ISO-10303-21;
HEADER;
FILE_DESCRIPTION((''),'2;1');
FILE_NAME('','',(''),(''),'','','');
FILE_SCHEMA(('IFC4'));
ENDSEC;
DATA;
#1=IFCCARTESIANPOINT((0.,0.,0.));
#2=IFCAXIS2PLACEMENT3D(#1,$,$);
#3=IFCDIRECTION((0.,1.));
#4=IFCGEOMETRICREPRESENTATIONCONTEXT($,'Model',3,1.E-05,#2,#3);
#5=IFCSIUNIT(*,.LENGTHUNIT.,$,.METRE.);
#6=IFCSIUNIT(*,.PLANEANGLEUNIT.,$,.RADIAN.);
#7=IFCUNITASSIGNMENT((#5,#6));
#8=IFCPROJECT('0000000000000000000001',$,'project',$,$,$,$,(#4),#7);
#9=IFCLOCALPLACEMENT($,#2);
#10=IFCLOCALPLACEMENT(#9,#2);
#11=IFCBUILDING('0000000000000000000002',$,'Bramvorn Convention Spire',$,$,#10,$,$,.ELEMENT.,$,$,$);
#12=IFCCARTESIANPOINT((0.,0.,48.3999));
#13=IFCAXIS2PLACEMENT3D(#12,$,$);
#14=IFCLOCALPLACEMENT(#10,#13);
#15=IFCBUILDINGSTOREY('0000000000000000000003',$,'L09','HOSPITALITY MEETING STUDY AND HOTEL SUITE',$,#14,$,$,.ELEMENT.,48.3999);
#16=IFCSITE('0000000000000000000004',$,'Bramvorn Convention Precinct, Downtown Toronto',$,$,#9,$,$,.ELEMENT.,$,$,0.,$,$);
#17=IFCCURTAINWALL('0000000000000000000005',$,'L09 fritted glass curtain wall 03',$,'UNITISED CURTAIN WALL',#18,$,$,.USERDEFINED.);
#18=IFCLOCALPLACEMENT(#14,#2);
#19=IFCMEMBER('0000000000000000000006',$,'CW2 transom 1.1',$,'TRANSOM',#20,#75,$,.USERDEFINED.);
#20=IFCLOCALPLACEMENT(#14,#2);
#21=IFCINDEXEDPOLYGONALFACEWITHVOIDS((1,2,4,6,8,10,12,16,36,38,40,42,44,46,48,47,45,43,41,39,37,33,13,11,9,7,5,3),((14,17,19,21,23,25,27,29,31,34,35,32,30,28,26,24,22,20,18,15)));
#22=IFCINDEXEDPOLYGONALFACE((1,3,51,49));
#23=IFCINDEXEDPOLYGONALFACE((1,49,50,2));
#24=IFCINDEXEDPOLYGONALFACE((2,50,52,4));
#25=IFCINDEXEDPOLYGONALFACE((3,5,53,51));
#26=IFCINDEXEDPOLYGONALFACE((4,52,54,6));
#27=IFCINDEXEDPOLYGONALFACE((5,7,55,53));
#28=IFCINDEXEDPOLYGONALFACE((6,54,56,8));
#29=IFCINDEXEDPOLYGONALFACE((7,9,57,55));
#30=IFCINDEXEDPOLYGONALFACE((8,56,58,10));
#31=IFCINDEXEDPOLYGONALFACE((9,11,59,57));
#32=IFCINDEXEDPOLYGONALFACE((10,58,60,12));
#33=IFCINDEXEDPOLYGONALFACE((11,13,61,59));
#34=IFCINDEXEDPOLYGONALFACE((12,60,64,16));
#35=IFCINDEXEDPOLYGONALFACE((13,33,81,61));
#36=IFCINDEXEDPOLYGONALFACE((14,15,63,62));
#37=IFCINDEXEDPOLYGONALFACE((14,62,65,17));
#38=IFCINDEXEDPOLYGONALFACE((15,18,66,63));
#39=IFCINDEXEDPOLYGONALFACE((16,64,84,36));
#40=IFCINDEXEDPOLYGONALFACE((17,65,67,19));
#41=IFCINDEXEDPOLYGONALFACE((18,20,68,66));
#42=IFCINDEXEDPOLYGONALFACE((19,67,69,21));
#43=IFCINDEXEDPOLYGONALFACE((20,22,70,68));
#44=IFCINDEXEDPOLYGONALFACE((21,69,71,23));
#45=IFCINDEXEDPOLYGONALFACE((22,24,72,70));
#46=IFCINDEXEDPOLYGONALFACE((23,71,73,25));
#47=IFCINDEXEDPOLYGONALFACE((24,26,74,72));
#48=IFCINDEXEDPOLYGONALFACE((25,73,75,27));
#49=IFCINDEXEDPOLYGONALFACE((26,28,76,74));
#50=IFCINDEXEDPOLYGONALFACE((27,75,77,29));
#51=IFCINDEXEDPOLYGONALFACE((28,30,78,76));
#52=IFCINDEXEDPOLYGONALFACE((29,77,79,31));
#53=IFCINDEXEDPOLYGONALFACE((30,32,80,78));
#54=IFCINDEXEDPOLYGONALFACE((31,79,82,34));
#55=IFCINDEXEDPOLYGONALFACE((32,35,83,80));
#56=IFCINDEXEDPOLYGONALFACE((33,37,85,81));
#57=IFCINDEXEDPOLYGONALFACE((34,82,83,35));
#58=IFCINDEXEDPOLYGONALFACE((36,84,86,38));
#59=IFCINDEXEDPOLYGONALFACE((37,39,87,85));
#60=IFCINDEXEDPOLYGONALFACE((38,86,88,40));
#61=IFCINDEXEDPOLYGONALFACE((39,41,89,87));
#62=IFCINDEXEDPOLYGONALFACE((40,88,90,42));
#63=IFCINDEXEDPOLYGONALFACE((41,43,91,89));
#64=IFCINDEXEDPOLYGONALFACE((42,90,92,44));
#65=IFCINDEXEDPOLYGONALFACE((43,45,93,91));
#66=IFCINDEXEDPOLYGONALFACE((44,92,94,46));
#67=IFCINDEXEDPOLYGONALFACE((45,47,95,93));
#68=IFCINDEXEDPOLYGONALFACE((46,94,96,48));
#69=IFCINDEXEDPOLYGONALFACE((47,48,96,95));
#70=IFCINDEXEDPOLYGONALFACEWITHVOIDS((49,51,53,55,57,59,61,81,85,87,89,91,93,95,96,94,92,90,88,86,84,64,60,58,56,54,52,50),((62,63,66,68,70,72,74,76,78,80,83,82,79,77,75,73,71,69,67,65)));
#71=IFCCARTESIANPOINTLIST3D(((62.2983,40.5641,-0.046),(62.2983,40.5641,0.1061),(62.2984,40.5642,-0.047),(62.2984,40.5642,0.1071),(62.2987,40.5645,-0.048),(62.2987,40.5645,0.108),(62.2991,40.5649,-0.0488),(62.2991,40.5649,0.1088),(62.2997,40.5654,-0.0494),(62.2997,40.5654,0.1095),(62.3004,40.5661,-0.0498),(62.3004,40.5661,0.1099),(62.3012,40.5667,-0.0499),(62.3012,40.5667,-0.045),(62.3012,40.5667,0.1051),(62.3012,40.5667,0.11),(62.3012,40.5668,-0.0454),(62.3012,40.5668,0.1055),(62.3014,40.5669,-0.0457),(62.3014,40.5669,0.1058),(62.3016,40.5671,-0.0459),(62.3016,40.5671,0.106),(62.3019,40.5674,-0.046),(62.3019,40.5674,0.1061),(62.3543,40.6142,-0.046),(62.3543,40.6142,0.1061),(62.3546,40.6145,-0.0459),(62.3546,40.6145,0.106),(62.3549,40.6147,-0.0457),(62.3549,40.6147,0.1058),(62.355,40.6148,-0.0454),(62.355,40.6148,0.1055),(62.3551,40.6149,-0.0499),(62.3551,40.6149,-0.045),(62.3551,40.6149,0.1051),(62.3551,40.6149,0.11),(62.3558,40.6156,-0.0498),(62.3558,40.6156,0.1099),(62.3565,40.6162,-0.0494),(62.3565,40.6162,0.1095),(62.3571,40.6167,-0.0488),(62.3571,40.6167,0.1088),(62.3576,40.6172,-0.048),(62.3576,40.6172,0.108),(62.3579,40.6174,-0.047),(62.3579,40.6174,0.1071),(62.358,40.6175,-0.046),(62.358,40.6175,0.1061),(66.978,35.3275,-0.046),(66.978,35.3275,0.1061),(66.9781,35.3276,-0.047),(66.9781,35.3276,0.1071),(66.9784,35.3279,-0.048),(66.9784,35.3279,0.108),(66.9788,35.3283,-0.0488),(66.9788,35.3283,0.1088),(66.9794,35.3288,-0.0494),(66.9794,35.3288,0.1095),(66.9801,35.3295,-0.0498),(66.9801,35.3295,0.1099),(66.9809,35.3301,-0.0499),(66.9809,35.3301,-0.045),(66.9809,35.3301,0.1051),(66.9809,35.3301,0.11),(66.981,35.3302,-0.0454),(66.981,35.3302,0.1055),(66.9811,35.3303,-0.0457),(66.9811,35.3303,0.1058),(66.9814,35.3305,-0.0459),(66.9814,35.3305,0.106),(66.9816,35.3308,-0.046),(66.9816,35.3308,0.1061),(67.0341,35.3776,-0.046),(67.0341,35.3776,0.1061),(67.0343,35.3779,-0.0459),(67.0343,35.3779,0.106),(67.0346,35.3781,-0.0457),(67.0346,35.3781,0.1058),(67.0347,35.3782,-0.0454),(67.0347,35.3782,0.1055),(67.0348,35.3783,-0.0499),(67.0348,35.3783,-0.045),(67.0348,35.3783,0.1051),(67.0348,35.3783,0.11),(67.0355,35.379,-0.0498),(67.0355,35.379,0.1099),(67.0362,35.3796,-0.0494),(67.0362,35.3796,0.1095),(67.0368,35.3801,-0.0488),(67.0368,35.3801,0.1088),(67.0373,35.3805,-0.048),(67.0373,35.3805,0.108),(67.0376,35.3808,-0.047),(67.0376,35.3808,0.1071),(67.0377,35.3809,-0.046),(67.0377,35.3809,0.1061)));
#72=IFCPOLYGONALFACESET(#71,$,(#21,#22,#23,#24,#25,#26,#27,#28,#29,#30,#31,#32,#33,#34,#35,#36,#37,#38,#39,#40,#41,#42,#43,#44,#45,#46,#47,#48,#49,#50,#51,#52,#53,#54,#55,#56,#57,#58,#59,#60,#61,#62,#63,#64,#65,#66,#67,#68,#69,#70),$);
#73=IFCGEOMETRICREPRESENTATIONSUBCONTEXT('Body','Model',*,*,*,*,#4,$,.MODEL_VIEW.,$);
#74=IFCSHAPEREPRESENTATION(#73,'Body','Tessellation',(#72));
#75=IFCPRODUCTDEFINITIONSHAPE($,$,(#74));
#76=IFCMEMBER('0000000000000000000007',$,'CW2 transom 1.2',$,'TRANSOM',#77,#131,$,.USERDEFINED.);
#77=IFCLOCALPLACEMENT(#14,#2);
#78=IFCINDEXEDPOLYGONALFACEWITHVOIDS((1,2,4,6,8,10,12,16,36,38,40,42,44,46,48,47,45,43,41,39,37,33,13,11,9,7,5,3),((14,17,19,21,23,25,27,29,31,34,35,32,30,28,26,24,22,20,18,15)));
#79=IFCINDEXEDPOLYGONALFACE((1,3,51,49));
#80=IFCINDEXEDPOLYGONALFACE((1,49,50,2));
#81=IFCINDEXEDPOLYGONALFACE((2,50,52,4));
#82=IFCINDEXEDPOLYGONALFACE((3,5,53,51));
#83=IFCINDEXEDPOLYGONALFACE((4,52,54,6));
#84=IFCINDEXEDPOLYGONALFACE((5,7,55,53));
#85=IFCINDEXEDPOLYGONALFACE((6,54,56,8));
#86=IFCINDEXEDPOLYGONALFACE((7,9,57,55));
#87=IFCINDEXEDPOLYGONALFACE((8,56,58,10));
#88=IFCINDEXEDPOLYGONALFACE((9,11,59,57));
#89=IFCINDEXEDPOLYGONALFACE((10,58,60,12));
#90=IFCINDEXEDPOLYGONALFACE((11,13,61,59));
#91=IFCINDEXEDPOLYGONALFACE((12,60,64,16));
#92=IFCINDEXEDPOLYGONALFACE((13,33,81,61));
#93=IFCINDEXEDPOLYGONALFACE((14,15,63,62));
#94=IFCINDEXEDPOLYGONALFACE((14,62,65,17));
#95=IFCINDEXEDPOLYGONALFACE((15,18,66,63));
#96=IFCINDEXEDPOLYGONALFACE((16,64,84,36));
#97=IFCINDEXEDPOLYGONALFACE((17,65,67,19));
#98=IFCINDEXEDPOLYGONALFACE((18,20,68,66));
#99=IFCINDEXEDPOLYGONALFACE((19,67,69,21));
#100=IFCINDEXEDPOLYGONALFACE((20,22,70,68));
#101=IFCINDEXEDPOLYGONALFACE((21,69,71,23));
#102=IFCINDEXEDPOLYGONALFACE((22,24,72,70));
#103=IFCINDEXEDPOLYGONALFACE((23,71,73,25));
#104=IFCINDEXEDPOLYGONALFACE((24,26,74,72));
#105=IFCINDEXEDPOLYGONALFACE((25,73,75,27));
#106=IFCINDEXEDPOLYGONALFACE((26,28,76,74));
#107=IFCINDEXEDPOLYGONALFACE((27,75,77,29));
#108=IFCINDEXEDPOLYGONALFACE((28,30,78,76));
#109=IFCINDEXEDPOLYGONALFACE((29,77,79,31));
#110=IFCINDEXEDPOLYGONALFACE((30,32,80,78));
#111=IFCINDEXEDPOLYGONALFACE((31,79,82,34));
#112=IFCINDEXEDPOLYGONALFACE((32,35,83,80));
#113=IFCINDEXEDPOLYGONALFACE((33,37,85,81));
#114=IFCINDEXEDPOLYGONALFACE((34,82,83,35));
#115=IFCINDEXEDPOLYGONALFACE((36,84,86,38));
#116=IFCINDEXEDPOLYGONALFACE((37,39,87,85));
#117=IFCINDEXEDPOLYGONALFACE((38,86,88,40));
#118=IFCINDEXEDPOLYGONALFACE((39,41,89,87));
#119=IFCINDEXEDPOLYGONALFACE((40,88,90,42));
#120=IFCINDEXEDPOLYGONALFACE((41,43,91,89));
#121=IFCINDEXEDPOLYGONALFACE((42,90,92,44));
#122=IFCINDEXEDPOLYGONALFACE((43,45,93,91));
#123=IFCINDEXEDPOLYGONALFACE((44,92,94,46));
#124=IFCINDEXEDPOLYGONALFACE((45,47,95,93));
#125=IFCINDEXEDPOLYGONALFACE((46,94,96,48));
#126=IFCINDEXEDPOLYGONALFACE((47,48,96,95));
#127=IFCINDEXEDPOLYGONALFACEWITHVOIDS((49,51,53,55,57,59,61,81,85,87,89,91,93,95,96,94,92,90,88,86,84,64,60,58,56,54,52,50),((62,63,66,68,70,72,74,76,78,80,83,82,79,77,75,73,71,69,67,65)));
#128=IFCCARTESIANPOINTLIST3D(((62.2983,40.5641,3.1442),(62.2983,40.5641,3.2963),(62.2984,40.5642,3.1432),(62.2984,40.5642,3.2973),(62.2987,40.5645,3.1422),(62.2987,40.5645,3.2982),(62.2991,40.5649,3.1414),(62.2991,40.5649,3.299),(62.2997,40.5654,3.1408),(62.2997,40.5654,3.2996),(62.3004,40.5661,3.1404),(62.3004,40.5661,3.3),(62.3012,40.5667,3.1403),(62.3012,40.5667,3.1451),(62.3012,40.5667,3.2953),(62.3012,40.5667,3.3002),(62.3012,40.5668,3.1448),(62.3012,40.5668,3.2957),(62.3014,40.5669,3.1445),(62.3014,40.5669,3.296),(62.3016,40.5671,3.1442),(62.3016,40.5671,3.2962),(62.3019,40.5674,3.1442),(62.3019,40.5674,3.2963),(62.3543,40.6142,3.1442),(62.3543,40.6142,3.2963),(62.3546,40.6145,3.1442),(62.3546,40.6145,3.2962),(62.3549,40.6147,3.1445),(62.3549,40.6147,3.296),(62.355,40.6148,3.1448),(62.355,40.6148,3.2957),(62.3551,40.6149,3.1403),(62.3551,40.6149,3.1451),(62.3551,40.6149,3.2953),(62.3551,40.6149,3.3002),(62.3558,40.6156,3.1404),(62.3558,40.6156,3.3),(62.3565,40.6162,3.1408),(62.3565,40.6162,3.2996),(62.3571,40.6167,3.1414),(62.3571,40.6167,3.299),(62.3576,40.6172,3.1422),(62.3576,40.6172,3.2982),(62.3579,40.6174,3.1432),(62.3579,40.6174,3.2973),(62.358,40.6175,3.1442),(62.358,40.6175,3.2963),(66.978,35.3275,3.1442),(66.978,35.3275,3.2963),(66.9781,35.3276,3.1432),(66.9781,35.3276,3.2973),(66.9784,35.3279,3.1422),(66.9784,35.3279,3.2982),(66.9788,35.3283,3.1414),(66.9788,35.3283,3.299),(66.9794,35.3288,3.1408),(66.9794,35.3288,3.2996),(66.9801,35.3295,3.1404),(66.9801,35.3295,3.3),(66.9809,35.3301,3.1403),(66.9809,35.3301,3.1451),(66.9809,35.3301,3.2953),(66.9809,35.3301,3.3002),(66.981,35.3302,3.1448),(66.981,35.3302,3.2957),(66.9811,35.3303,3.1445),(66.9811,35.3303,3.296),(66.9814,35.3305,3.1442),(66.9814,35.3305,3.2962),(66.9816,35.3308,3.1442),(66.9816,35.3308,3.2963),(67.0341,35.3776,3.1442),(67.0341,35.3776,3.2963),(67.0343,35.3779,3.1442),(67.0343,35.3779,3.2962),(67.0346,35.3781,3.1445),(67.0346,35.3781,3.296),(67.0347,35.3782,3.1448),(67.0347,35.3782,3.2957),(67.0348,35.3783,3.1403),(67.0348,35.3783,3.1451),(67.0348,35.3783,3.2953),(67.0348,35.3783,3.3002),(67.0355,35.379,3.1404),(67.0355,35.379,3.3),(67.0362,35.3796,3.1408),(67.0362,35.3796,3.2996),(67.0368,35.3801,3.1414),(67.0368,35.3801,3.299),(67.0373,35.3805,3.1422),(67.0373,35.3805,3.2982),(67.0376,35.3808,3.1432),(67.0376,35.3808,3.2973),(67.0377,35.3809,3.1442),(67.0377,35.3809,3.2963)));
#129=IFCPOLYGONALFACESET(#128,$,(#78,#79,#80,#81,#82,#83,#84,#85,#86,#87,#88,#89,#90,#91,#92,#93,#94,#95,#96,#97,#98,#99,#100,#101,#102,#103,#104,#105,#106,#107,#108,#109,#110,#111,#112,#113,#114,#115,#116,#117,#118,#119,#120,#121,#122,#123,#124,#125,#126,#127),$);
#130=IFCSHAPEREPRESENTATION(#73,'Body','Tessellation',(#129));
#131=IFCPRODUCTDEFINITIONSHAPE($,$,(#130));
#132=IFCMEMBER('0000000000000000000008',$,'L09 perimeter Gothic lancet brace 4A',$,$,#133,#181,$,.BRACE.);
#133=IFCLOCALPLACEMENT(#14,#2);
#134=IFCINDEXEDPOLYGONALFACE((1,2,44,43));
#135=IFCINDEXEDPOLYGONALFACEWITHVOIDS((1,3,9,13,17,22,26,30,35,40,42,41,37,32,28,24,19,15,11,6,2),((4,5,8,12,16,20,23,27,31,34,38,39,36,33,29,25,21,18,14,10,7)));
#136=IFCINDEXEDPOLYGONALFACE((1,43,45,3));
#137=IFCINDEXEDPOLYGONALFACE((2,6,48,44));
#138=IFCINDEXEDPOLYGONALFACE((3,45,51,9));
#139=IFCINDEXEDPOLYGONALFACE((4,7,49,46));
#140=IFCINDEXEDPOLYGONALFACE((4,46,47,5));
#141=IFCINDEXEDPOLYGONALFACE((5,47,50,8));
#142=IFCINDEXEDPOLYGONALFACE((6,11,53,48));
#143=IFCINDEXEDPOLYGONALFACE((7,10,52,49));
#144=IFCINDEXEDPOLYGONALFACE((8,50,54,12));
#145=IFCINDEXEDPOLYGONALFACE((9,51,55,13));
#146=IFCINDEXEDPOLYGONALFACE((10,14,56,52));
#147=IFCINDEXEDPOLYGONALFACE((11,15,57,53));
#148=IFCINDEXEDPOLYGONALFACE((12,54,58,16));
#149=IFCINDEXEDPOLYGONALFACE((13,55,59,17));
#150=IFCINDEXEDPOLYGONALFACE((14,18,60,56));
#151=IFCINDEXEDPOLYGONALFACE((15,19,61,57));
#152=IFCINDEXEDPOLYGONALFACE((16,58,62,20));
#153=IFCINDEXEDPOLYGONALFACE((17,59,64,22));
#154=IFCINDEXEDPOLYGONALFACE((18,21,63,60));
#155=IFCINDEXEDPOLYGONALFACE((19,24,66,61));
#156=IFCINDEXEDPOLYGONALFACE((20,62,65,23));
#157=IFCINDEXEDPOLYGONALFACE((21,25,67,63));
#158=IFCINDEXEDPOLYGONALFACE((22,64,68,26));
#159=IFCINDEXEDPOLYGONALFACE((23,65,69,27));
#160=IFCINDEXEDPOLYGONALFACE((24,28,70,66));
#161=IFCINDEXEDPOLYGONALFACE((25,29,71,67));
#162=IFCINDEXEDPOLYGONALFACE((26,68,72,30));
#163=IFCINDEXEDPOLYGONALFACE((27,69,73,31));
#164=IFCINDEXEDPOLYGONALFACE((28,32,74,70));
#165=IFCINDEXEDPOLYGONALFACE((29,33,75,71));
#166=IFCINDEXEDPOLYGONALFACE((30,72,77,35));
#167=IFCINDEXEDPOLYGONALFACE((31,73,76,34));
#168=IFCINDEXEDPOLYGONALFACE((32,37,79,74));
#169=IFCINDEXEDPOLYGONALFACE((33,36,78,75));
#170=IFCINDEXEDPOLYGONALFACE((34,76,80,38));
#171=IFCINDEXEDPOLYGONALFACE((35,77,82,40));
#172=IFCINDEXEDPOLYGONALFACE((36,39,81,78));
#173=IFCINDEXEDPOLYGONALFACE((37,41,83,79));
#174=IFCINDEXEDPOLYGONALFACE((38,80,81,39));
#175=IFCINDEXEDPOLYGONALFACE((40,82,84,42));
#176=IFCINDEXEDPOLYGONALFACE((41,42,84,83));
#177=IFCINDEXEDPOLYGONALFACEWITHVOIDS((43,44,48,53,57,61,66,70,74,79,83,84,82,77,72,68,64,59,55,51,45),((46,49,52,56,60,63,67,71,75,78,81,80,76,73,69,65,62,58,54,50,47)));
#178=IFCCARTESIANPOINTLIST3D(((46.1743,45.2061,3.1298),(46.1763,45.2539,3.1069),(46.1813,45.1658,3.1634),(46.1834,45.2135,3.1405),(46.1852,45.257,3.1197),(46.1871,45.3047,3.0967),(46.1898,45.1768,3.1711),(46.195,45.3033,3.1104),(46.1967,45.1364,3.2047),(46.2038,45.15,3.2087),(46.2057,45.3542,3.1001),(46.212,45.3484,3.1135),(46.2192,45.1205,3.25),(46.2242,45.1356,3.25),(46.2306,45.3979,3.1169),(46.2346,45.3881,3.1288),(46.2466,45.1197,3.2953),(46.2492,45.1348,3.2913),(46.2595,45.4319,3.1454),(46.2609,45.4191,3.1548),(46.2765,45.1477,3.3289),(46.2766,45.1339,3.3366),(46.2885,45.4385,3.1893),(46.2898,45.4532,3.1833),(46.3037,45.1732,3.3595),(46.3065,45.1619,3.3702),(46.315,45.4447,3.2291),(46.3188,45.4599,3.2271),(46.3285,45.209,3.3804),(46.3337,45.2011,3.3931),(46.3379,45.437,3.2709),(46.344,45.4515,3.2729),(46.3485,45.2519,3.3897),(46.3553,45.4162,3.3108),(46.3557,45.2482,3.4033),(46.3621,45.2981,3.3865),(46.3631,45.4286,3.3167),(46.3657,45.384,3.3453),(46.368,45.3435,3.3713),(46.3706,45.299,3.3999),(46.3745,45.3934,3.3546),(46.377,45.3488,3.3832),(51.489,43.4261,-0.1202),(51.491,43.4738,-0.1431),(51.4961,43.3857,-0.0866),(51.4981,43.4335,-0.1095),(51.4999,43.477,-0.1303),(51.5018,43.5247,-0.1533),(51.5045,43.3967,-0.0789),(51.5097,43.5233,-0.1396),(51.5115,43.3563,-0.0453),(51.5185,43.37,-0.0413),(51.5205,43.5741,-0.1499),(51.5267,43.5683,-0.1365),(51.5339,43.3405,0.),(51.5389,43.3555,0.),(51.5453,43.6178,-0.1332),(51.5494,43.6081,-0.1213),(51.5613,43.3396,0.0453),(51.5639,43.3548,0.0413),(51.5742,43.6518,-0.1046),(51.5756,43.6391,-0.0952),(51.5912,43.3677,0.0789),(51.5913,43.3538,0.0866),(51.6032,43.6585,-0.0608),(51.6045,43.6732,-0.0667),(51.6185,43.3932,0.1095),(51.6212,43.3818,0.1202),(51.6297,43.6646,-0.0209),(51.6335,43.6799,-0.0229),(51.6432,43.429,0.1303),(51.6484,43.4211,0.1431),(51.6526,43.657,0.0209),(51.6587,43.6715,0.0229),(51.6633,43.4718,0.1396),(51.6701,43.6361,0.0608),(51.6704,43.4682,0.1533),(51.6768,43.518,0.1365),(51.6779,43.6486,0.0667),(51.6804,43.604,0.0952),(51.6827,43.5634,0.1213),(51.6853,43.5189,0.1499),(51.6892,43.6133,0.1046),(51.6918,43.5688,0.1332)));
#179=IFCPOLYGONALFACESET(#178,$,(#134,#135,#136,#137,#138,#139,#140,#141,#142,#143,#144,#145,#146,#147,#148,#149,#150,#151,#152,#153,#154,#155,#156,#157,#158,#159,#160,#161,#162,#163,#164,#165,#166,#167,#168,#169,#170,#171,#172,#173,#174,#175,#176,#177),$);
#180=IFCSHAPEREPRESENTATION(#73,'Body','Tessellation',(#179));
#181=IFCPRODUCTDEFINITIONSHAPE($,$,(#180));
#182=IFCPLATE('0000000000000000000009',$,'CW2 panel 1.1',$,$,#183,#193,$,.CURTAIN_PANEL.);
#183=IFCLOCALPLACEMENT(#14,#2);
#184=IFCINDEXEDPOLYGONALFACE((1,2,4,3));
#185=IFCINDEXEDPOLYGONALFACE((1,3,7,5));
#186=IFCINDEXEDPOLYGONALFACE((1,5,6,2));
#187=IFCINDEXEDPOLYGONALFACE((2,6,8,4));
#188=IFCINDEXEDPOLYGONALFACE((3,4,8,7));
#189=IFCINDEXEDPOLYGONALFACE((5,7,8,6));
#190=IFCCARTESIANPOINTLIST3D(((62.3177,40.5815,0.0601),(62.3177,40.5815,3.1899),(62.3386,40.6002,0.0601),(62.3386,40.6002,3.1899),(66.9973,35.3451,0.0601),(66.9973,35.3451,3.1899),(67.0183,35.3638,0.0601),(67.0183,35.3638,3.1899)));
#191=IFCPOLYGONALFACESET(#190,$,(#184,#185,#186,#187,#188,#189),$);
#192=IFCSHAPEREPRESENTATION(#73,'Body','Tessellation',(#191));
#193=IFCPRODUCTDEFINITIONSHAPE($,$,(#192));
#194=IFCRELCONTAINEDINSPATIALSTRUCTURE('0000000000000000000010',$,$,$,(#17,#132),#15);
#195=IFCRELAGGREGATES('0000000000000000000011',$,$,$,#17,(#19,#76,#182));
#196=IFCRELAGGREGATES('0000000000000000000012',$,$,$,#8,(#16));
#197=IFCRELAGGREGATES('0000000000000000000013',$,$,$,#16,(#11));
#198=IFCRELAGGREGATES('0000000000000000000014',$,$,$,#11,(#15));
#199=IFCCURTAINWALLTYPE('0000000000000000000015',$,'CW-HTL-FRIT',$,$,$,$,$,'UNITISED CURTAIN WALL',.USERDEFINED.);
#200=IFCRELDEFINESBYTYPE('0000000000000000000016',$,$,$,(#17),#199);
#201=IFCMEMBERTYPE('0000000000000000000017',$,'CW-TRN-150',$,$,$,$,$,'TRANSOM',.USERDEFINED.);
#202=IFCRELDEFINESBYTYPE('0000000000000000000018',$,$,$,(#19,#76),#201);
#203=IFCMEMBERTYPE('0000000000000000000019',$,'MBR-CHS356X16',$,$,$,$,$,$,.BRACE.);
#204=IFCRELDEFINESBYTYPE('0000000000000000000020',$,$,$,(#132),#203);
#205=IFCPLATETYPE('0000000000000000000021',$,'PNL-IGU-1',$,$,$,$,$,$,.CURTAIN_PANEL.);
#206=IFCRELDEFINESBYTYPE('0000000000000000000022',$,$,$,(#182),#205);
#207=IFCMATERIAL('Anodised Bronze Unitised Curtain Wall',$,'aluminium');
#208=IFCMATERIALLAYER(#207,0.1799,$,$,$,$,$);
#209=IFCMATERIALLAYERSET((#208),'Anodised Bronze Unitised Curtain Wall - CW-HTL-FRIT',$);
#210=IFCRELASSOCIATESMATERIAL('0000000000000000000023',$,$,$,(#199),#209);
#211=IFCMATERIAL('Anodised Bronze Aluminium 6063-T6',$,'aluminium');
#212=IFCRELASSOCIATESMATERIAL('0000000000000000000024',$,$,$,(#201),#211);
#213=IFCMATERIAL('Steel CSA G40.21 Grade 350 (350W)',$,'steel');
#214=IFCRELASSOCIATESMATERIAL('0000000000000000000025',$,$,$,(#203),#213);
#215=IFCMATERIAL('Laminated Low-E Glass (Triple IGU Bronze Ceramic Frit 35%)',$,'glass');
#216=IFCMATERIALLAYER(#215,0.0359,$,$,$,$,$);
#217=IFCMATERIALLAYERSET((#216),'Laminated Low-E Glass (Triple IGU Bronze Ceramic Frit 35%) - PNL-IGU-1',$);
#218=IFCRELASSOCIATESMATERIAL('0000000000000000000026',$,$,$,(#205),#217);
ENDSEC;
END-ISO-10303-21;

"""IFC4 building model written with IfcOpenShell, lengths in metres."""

from ifc_helpers import new_model, si_unit, direction, frame, origin, origin_2d, place, context, subcontext, project, spatial, rectangle, hollow_rectangle, hollow_circle, extrude, material, layer, layer_set, material_profile, profile_set, type_object, element, aggregate, save


model = new_model("IFC4")

# Units and contexts
model_context = context("Model", 3, precision=1e-05, world=origin(), true_north=direction((0.0, 1.0)))
body_context = subcontext(model_context, "Body", "Model", "MODEL_VIEW")
ifc_project = project(units=[si_unit("LENGTHUNIT", "METRE"), si_unit("PLANEANGLEUNIT", "RADIAN")], contexts=[model_context])

# Site, building, storey
site_placement = place(None, origin())
site = spatial("IfcSite", under=ifc_project, at=site_placement, Name="Bramvorn Convention Precinct, Downtown Toronto", CompositionType="ELEMENT", RefElevation=0.0)
building_placement = place(site_placement, origin())
building = spatial("IfcBuilding", under=site, at=building_placement, Name="Bramvorn Convention Spire", CompositionType="ELEMENT")
storey_placement = place(building_placement, frame((0.0, 0.0, 48.3999)))
storey = spatial("IfcBuildingStorey", under=building, at=storey_placement, Name="L09", Description="HOSPITALITY MEETING STUDY AND HOTEL SUITE", CompositionType="ELEMENT", Elevation=48.3999)

# Shared definitions
ifc_material_1 = material(Name="Steel CSA G40.21 Grade 350 (350W)", Category="steel")

# Shared definitions
ifc_material_2 = material(Name="Anodised Bronze Unitised Curtain Wall", Category="aluminium")
ifc_layer_1 = layer(ifc_material_2, 0.1799)
ifc_layer_set_1 = layer_set([ifc_layer_1], Name="Anodised Bronze Unitised Curtain Wall - CW-HTL-FRIT")
curtain_wall_type = type_object("IfcCurtainWallType", Name="CW-HTL-FRIT", ElementType="UNITISED CURTAIN WALL", PredefinedType="USERDEFINED", material=ifc_layer_set_1)
ifc_material_3 = material(Name="Anodised Bronze Aluminium 6063-T6", Category="aluminium")

# Curtain wall
curtain_wall_1_placement = place(storey_placement, origin())
curtain_wall_1 = element("IfcCurtainWall", 1, at=curtain_wall_1_placement, inside=storey, type_object=curtain_wall_type, Name="L09 fritted glass curtain wall 03", ObjectType="UNITISED CURTAIN WALL", PredefinedType="USERDEFINED")

# Members
ifc_material_profile_1 = material_profile(ifc_material_3, hollow_rectangle(XDim=0.0801, YDim=0.1599, WallThickness=0.0039, InnerFilletRadius=0.001, OuterFilletRadius=0.0039, at=origin_2d()))
ifc_profile_set_1 = profile_set([ifc_material_profile_1], Name="Anodised Bronze Aluminium 6063-T6 - CWT80X160")
member_type_1 = type_object("IfcMemberType", Name="CW-TRN-150", ElementType="TRANSOM", PredefinedType="USERDEFINED", material=ifc_profile_set_1)
member_1_placement = place(storey_placement, frame((62.3281, 40.5908, 0.03), z_axis=(0.666347, -0.745642, 0.0), x_axis=(0.745642, 0.666347, 0.0)))
member_1 = element("IfcMember", 2, at=member_1_placement, type_object=member_type_1, Name="CW2 transom 1.1", ObjectType="TRANSOM", PredefinedType="USERDEFINED", context=body_context, shape_type="SweptSolid", body=[
    extrude(hollow_rectangle(XDim=0.0801, YDim=0.1599, WallThickness=0.0039, InnerFilletRadius=0.001, OuterFilletRadius=0.0039, at=origin_2d()), origin(), (0.0, 0.0, 1.0), 7.0229),
])
member_2_placement = place(storey_placement, frame((62.3281, 40.5908, 3.2202), z_axis=(0.666347, -0.745642, 0.0), x_axis=(0.745642, 0.666347, 0.0)))
member_2 = element("IfcMember", 3, at=member_2_placement, type_object=member_type_1, Name="CW2 transom 1.2", ObjectType="TRANSOM", PredefinedType="USERDEFINED", context=body_context, shape_type="SweptSolid", body=[
    extrude(hollow_rectangle(XDim=0.0801, YDim=0.1599, WallThickness=0.0039, InnerFilletRadius=0.001, OuterFilletRadius=0.0039, at=origin_2d()), origin(), (0.0, 0.0, 1.0), 7.0229),
])
ifc_material_profile_2 = material_profile(ifc_material_1, hollow_circle(Radius=0.1777, WallThickness=0.0159, at=origin_2d()))
ifc_profile_set_2 = profile_set([ifc_material_profile_2], Name="Steel CSA G40.21 Grade 350 (350W) - CHS356X16")
member_type_2 = type_object("IfcMemberType", Name="MBR-CHS356X16", PredefinedType="BRACE", material=ifc_profile_set_2)
member_3_placement = place(storey_placement, frame((51.5903, 43.509, 0.0), z_axis=(-0.8203, 0.27474, 0.501623), x_axis=(-0.317586, -0.948229, 0.0)))
element("IfcMember", 4, at=member_3_placement, inside=storey, type_object=member_type_2, Name="L09 perimeter Gothic lancet brace 4A", PredefinedType="BRACE", context=body_context, shape_type="SweptSolid", body=[
    extrude(hollow_circle(Radius=0.1777, WallThickness=0.0159, at=origin_2d()), origin(), (0.0, 0.0, 1.0), 6.479),
])

# Plate
ifc_material_4 = material(Name="Laminated Low-E Glass (Triple IGU Bronze Ceramic Frit 35%)", Category="glass")
ifc_layer_2 = layer(ifc_material_4, 0.0359)
ifc_layer_set_2 = layer_set([ifc_layer_2], Name="Laminated Low-E Glass (Triple IGU Bronze Ceramic Frit 35%) - PNL-IGU-1")
plate_type = type_object("IfcPlateType", Name="PNL-IGU-1", PredefinedType="CURTAIN_PANEL", material=ifc_layer_set_2)
plate_placement = place(storey_placement, frame((64.668, 37.9727, 0.0601), z_axis=(0.0, 0.0, 1.0), x_axis=(0.666361, -0.745629, 0.0)))
plate = element("IfcPlate", 5, at=plate_placement, type_object=plate_type, Name="CW2 panel 1.1", PredefinedType="CURTAIN_PANEL", context=body_context, shape_type="SweptSolid", body=[
    extrude(rectangle(XDim=7.0227, YDim=0.0281, at=origin_2d()), origin(), (0.0, 0.0, 1.0), 3.1299),
])
aggregate(curtain_wall_1, [member_1, member_2, plate])

save(model, "model.ifc")
